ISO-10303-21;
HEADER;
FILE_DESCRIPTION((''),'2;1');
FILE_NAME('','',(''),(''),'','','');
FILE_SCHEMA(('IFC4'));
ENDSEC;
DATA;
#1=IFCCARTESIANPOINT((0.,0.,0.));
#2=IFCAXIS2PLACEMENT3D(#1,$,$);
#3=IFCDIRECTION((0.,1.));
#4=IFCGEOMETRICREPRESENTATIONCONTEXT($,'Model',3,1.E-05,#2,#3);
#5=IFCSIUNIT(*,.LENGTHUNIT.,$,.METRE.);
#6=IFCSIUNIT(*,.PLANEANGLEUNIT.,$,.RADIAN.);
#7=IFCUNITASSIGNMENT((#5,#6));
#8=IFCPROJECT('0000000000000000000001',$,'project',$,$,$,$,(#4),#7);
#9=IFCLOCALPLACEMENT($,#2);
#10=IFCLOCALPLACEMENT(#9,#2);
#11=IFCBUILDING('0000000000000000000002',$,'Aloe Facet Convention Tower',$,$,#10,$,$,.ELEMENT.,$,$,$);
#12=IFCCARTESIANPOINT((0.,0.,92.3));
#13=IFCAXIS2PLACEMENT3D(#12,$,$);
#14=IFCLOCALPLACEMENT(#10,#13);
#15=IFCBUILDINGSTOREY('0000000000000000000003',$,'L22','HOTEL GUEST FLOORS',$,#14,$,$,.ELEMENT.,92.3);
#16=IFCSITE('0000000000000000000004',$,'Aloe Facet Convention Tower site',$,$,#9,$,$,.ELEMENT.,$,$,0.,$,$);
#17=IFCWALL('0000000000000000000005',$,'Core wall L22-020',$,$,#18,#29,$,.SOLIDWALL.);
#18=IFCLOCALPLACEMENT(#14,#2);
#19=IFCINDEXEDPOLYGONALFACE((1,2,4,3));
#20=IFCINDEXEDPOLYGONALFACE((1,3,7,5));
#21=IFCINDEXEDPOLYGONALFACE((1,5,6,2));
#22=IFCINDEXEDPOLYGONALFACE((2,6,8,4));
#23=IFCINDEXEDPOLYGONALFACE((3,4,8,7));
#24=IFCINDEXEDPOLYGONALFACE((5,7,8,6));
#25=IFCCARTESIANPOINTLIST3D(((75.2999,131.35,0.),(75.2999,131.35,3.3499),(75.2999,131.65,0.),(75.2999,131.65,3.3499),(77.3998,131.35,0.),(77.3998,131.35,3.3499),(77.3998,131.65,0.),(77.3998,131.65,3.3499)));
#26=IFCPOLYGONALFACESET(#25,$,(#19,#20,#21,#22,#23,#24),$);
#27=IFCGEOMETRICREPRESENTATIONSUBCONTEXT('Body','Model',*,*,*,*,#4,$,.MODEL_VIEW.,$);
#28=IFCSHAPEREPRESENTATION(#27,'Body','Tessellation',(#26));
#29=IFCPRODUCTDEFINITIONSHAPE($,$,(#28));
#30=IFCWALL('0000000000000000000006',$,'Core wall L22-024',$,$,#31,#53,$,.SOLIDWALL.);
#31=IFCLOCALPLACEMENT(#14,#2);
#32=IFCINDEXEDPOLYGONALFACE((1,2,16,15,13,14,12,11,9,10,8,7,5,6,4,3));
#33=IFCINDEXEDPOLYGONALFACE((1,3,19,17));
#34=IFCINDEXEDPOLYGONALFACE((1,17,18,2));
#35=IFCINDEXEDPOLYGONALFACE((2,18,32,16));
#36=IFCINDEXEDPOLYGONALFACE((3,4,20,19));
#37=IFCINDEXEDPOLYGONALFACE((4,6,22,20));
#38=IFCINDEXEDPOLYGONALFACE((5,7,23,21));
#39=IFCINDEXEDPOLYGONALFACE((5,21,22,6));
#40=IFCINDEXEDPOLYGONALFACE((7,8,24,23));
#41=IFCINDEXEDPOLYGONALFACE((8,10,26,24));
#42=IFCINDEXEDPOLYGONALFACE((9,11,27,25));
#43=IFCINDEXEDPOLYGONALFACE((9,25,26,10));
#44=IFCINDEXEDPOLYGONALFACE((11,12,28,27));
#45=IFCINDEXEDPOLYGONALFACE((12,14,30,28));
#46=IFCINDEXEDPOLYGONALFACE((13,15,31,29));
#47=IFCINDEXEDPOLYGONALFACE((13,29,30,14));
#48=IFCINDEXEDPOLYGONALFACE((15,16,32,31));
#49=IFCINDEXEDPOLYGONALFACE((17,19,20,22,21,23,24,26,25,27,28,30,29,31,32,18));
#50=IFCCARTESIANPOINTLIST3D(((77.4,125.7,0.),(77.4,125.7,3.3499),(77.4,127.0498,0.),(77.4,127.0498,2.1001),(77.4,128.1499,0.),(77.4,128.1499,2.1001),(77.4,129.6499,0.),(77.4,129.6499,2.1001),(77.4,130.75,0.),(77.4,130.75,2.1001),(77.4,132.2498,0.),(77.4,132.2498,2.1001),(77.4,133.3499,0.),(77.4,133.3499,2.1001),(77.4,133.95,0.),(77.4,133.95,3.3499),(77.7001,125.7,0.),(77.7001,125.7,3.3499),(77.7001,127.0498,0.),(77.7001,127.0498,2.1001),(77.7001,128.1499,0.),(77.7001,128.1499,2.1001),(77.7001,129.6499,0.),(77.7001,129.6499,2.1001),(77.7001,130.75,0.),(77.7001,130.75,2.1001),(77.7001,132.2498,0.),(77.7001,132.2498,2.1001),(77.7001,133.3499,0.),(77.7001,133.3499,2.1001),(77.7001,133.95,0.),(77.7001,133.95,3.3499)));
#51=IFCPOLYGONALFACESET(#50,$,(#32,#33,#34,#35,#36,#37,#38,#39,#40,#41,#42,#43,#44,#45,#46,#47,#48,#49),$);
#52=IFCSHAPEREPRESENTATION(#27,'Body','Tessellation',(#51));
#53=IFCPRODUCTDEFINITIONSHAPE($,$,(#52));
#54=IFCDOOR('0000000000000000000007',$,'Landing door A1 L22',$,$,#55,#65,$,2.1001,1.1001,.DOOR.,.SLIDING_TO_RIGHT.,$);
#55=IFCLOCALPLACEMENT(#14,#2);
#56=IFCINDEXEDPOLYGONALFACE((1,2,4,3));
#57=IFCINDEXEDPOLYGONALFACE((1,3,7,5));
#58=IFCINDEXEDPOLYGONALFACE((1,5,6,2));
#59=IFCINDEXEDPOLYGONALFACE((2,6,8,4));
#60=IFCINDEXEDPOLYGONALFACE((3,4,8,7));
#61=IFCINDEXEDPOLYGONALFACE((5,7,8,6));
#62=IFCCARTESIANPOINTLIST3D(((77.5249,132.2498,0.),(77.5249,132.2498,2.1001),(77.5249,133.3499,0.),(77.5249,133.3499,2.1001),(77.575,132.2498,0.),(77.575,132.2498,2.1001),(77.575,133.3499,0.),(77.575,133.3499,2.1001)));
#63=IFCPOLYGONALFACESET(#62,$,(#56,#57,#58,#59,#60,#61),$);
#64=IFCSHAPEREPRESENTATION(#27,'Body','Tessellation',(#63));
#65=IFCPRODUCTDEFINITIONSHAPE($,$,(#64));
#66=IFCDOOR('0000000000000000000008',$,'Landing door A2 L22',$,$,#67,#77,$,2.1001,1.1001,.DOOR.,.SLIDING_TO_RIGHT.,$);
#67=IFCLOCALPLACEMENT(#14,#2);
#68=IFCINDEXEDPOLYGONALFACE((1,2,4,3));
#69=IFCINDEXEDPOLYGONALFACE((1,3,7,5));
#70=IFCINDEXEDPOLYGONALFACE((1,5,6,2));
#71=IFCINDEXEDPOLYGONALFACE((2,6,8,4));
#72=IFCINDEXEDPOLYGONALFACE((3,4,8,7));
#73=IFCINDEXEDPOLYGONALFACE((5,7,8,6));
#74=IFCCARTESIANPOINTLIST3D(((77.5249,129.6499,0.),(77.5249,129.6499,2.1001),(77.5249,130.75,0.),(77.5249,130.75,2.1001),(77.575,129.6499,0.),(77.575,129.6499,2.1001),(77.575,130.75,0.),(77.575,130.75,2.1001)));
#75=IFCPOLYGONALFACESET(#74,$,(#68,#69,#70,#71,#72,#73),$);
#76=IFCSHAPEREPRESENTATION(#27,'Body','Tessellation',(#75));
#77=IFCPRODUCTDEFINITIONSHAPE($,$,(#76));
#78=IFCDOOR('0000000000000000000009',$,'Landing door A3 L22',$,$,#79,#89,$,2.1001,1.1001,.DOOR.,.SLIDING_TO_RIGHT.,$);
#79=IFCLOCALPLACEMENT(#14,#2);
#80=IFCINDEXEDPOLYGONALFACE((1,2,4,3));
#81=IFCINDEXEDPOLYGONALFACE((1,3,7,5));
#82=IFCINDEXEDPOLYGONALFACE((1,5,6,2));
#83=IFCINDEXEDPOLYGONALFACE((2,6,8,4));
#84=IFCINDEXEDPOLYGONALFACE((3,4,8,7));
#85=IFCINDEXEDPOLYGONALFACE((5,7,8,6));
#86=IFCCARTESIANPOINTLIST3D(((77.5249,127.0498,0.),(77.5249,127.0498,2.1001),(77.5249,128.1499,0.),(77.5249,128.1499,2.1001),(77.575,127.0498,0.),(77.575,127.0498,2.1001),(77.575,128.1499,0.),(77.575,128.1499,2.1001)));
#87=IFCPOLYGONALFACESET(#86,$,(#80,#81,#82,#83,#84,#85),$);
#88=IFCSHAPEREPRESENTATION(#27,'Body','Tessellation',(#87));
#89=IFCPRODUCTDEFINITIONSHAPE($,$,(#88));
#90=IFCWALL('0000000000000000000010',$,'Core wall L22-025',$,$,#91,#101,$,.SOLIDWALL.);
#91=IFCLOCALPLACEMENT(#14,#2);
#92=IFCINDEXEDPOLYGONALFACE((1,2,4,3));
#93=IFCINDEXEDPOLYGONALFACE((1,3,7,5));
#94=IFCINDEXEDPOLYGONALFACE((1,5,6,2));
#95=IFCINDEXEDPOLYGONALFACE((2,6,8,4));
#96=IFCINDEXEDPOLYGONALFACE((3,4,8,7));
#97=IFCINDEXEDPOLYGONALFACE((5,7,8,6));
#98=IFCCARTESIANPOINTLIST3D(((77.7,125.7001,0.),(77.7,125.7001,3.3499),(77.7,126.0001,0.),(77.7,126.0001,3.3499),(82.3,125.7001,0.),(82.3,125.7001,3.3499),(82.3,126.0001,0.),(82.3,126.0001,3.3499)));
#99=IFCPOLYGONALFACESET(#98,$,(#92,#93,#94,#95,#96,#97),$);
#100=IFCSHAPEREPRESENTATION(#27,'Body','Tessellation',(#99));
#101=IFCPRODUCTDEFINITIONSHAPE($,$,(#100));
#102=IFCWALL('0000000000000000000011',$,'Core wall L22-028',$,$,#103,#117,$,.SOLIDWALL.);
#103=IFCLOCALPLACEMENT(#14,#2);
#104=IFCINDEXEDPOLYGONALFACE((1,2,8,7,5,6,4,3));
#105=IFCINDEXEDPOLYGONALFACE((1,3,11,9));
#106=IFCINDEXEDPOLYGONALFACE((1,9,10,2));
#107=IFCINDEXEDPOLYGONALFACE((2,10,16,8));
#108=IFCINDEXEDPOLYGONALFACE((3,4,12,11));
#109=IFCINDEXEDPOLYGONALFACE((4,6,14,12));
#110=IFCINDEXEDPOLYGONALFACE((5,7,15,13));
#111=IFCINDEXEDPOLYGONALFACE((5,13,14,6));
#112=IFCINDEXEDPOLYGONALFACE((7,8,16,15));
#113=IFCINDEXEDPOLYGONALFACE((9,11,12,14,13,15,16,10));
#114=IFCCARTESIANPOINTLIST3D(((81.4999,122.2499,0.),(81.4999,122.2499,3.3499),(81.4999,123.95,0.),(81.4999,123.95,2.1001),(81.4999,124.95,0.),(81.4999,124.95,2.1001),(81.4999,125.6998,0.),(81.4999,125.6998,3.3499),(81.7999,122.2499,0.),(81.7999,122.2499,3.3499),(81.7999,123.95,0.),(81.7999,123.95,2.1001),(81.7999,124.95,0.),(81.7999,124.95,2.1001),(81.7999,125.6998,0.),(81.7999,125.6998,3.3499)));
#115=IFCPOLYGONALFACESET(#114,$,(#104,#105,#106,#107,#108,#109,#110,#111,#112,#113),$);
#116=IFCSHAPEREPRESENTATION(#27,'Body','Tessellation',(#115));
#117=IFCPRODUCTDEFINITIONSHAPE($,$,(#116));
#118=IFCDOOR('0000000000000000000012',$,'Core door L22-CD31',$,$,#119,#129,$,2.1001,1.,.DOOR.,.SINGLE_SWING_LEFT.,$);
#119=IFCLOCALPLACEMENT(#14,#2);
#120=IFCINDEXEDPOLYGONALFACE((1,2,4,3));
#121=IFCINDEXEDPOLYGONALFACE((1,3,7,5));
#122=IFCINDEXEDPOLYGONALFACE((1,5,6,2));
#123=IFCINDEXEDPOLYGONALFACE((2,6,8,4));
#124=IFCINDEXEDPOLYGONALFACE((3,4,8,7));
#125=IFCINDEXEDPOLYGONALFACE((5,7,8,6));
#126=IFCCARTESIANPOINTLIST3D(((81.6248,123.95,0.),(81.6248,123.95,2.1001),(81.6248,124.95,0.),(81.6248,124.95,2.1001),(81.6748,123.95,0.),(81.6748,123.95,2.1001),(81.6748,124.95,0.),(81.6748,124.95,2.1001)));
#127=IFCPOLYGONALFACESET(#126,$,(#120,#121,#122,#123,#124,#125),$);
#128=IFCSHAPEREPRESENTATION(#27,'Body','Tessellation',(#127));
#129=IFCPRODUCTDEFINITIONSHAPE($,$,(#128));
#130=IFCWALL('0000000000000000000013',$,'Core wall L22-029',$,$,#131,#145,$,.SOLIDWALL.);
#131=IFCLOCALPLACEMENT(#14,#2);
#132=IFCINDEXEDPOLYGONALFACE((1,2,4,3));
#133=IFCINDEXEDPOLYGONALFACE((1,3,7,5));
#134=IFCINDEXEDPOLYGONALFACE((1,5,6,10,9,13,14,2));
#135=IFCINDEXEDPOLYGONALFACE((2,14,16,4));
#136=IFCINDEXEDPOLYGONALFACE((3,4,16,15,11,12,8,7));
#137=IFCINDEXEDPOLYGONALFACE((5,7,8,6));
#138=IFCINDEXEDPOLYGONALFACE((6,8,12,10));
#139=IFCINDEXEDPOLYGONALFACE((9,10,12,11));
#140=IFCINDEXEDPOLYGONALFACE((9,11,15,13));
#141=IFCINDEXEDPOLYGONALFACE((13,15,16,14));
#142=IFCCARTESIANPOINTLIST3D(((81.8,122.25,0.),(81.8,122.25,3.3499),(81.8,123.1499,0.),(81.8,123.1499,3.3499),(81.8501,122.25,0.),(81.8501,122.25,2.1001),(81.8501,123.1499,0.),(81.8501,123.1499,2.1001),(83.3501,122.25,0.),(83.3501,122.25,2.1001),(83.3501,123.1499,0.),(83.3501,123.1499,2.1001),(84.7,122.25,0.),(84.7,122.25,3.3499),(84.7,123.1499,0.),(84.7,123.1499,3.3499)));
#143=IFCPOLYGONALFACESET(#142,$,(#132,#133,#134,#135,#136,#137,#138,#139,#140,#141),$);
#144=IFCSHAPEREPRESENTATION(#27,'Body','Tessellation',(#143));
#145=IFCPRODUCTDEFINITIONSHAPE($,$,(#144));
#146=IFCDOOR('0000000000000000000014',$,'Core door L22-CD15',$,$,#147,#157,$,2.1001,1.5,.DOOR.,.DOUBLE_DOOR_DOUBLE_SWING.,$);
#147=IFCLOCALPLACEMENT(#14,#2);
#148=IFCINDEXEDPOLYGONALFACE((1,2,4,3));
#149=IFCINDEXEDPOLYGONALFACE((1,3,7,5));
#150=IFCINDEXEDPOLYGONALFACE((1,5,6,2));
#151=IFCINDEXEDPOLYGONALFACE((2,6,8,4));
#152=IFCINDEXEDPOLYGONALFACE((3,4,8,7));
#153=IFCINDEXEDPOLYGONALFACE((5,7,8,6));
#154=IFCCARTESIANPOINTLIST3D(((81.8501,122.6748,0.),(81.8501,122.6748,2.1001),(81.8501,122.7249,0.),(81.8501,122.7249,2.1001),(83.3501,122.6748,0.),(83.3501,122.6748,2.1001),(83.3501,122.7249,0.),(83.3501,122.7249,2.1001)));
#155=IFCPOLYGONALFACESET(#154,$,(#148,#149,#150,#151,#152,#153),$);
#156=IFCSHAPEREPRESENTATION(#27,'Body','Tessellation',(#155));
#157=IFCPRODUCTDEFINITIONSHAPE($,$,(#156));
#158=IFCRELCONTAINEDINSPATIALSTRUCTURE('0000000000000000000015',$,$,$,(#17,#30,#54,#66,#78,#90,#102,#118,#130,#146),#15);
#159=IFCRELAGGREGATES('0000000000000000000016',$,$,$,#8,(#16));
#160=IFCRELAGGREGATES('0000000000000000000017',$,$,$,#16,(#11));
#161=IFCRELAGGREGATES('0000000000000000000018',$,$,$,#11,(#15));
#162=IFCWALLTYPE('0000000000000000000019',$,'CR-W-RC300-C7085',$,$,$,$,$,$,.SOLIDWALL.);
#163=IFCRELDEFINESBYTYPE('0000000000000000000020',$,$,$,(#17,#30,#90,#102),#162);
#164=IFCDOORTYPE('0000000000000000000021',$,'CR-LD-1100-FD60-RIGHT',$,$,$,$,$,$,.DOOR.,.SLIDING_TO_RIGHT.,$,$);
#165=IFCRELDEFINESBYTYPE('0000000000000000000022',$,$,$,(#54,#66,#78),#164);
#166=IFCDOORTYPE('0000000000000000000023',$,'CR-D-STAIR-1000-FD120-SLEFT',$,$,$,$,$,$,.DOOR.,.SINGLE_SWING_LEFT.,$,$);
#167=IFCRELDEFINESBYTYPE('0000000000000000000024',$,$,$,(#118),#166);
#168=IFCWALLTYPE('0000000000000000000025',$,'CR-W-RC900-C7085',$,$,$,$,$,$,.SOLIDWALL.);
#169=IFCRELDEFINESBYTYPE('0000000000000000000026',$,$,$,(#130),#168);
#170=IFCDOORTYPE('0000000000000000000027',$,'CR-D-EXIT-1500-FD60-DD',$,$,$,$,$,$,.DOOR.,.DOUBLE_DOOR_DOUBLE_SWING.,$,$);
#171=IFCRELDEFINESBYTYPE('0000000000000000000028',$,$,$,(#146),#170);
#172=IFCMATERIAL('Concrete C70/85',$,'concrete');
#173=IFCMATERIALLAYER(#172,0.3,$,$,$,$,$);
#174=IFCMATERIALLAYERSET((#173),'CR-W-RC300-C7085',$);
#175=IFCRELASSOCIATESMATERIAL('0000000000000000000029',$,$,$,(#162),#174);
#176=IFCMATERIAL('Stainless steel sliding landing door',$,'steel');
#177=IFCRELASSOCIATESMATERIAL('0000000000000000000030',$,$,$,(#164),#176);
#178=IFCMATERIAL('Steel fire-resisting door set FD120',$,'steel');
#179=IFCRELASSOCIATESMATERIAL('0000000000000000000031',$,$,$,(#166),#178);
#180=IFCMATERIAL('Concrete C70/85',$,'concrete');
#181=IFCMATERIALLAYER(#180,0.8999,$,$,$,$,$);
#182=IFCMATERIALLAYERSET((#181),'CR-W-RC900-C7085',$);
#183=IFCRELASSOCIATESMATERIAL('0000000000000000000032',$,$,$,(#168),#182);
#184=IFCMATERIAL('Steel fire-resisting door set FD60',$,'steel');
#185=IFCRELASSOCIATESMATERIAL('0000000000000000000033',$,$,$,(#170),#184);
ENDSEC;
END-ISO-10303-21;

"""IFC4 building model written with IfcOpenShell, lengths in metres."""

from ifc_helpers import new_model, si_unit, direction, frame, frame_2d, origin, place, context, subcontext, project, spatial, rectangle, extrude, material, layer, layer_set, type_object, element, fill, save


model = new_model("IFC4")

# Units and contexts
model_context = context("Model", 3, precision=1e-05, world=origin(), true_north=direction((0.0, 1.0)))
body_context = subcontext(model_context, "Body", "Model", "MODEL_VIEW")
ifc_project = project(units=[si_unit("LENGTHUNIT", "METRE"), si_unit("PLANEANGLEUNIT", "RADIAN")], contexts=[model_context])

# Site, building, storey
site_placement = place(None, origin())
site = spatial("IfcSite", under=ifc_project, at=site_placement, Name="Aloe Facet Convention Tower site", CompositionType="ELEMENT", RefElevation=0.0)
building_placement = place(site_placement, origin())
building = spatial("IfcBuilding", under=site, at=building_placement, Name="Aloe Facet Convention Tower", CompositionType="ELEMENT")
storey_placement = place(building_placement, frame((0.0, 0.0, 92.3)))
storey = spatial("IfcBuildingStorey", under=building, at=storey_placement, Name="L22", Description="HOTEL GUEST FLOORS", CompositionType="ELEMENT", Elevation=92.3)

# Wall
ifc_material_1 = material(Name="Concrete C70/85", Category="concrete")
ifc_layer_1 = layer(ifc_material_1, 0.3)
ifc_layer_set_1 = layer_set([ifc_layer_1], Name="CR-W-RC300-C7085")
wall_type_1 = type_object("IfcWallType", Name="CR-W-RC300-C7085", PredefinedType="SOLIDWALL", material=ifc_layer_set_1)
wall_1_placement = place(storey_placement, frame((75.3, 131.5, 0.0), z_axis=(0.0, 0.0, 1.0), x_axis=(1.0, 0.0, 0.0)))
element("IfcWall", 1, at=wall_1_placement, inside=storey, type_object=wall_type_1, Name="Core wall L22-020", PredefinedType="SOLIDWALL", context=body_context, shape_type="SweptSolid", body=[
    extrude(rectangle(XDim=2.0999, YDim=0.3, at=frame_2d((1.0498, 0.0))), origin(), (0.0, 0.0, 1.0), 3.3499),
])

# Wall, openings, doors
wall_2_placement = place(storey_placement, frame((77.55, 133.95, 0.0), z_axis=(0.0, 0.0, 1.0), x_axis=(0.0, -1.0, 0.0)))
wall_2 = element("IfcWall", 2, at=wall_2_placement, inside=storey, type_object=wall_type_1, Name="Core wall L22-024", PredefinedType="SOLIDWALL", context=body_context, shape_type="SweptSolid", body=[
    extrude(rectangle(XDim=8.25, YDim=0.3, at=frame_2d((4.125, 0.0))), origin(), (0.0, 0.0, 1.0), 3.3499),
])
opening_1_placement = place(wall_2_placement, frame((0.6001, 0.0, 0.0)))
opening_1 = element("IfcOpeningElement", 3, at=opening_1_placement, cuts=wall_2, PredefinedType="OPENING", context=body_context, shape_type="SweptSolid", body=[
    extrude(rectangle(XDim=1.1001, YDim=2.1001, at=frame_2d((0.55, 1.05))), frame((0.0, 0.1602, 0.0), z_axis=(0.0, -1.0, 0.0), x_axis=(1.0, 0.0, 0.0)), (0.0, 0.0, 1.0), 0.3201),
])
opening_2_placement = place(wall_2_placement, frame((3.2, 0.0, 0.0)))
opening_2 = element("IfcOpeningElement", 4, at=opening_2_placement, cuts=wall_2, PredefinedType="OPENING", context=body_context, shape_type="SweptSolid", body=[
    extrude(rectangle(XDim=1.1001, YDim=2.1001, at=frame_2d((0.55, 1.05))), frame((0.0, 0.1602, 0.0), z_axis=(0.0, -1.0, 0.0), x_axis=(1.0, 0.0, 0.0)), (0.0, 0.0, 1.0), 0.3201),
])
opening_3_placement = place(wall_2_placement, frame((5.8, 0.0, 0.0)))
opening_3 = element("IfcOpeningElement", 5, at=opening_3_placement, cuts=wall_2, PredefinedType="OPENING", context=body_context, shape_type="SweptSolid", body=[
    extrude(rectangle(XDim=1.1001, YDim=2.1001, at=frame_2d((0.55, 1.05))), frame((0.0, 0.1602, 0.0), z_axis=(0.0, -1.0, 0.0), x_axis=(1.0, 0.0, 0.0)), (0.0, 0.0, 1.0), 0.3201),
])
ifc_material_2 = material(Name="Stainless steel sliding landing door", Category="steel")
door_type_1 = type_object("IfcDoorType", Name="CR-LD-1100-FD60-RIGHT", OperationType="SLIDING_TO_RIGHT", PredefinedType="DOOR", material=ifc_material_2)
door_1_placement = place(opening_1_placement, origin())
door_1 = element("IfcDoor", 6, at=door_1_placement, inside=storey, type_object=door_type_1, Name="Landing door A1 L22", OperationType="SLIDING_TO_RIGHT", OverallHeight=2.1001, OverallWidth=1.1001, PredefinedType="DOOR", context=body_context, shape_type="SweptSolid", body=[
    extrude(rectangle(XDim=1.1001, YDim=2.1001, at=frame_2d((0.55, 1.05))), frame((0.0, 0.0249, 0.0), z_axis=(0.0, -1.0, 0.0), x_axis=(1.0, 0.0, 0.0)), (0.0, 0.0, 1.0), 0.05),
])
fill(opening_1, door_1)
door_2_placement = place(opening_2_placement, origin())
door_2 = element("IfcDoor", 7, at=door_2_placement, inside=storey, type_object=door_type_1, Name="Landing door A2 L22", OperationType="SLIDING_TO_RIGHT", OverallHeight=2.1001, OverallWidth=1.1001, PredefinedType="DOOR", context=body_context, shape_type="SweptSolid", body=[
    extrude(rectangle(XDim=1.1001, YDim=2.1001, at=frame_2d((0.55, 1.05))), frame((0.0, 0.0249, 0.0), z_axis=(0.0, -1.0, 0.0), x_axis=(1.0, 0.0, 0.0)), (0.0, 0.0, 1.0), 0.05),
])
fill(opening_2, door_2)
door_3_placement = place(opening_3_placement, origin())
door_3 = element("IfcDoor", 8, at=door_3_placement, inside=storey, type_object=door_type_1, Name="Landing door A3 L22", OperationType="SLIDING_TO_RIGHT", OverallHeight=2.1001, OverallWidth=1.1001, PredefinedType="DOOR", context=body_context, shape_type="SweptSolid", body=[
    extrude(rectangle(XDim=1.1001, YDim=2.1001, at=frame_2d((0.55, 1.05))), frame((0.0, 0.0249, 0.0), z_axis=(0.0, -1.0, 0.0), x_axis=(1.0, 0.0, 0.0)), (0.0, 0.0, 1.0), 0.05),
])
fill(opening_3, door_3)

# Wall
wall_3_placement = place(storey_placement, frame((77.7, 125.8501, 0.0), z_axis=(0.0, 0.0, 1.0), x_axis=(1.0, 0.0, 0.0)))
element("IfcWall", 9, at=wall_3_placement, inside=storey, type_object=wall_type_1, Name="Core wall L22-025", PredefinedType="SOLIDWALL", context=body_context, shape_type="SweptSolid", body=[
    extrude(rectangle(XDim=4.6001, YDim=0.3, at=frame_2d((2.3, 0.0))), origin(), (0.0, 0.0, 1.0), 3.3499),
])

# Walls, openings, doors
wall_4_placement = place(storey_placement, frame((81.6499, 125.7, 0.0), z_axis=(0.0, 0.0, 1.0), x_axis=(0.0, -1.0, 0.0)))
wall_4 = element("IfcWall", 10, at=wall_4_placement, inside=storey, type_object=wall_type_1, Name="Core wall L22-028", PredefinedType="SOLIDWALL", context=body_context, shape_type="SweptSolid", body=[
    extrude(rectangle(XDim=3.45, YDim=0.3, at=frame_2d((1.7251, 0.0))), origin(), (0.0, 0.0, 1.0), 3.3499),
])
opening_4_placement = place(wall_4_placement, frame((0.75, 0.0, 0.0)))
opening_4 = element("IfcOpeningElement", 11, at=opening_4_placement, cuts=wall_4, PredefinedType="OPENING", context=body_context, shape_type="SweptSolid", body=[
    extrude(rectangle(XDim=1.0, YDim=2.1001, at=frame_2d((0.5, 1.05))), frame((0.0, 0.1602, 0.0), z_axis=(0.0, -1.0, 0.0), x_axis=(1.0, 0.0, 0.0)), (0.0, 0.0, 1.0), 0.3201),
])
ifc_material_3 = material(Name="Steel fire-resisting door set FD120", Category="steel")
door_type_2 = type_object("IfcDoorType", Name="CR-D-STAIR-1000-FD120-SLEFT", OperationType="SINGLE_SWING_LEFT", PredefinedType="DOOR", material=ifc_material_3)
door_4_placement = place(opening_4_placement, origin())
door_4 = element("IfcDoor", 12, at=door_4_placement, inside=storey, type_object=door_type_2, Name="Core door L22-CD31", OperationType="SINGLE_SWING_LEFT", OverallHeight=2.1001, OverallWidth=1.0, PredefinedType="DOOR", context=body_context, shape_type="SweptSolid", body=[
    extrude(rectangle(XDim=1.0, YDim=2.1001, at=frame_2d((0.5, 1.05))), frame((0.0, 0.0249, 0.0), z_axis=(0.0, -1.0, 0.0), x_axis=(1.0, 0.0, 0.0)), (0.0, 0.0, 1.0), 0.05),
])
fill(opening_4, door_4)
ifc_material_4 = material(Name="Concrete C70/85", Category="concrete")
ifc_layer_2 = layer(ifc_material_4, 0.8999)
ifc_layer_set_2 = layer_set([ifc_layer_2], Name="CR-W-RC900-C7085")
wall_type_2 = type_object("IfcWallType", Name="CR-W-RC900-C7085", PredefinedType="SOLIDWALL", material=ifc_layer_set_2)
wall_5_placement = place(storey_placement, frame((81.8, 122.7, 0.0), z_axis=(0.0, 0.0, 1.0), x_axis=(1.0, 0.0, 0.0)))
wall_5 = element("IfcWall", 13, at=wall_5_placement, inside=storey, type_object=wall_type_2, Name="Core wall L22-029", PredefinedType="SOLIDWALL", context=body_context, shape_type="SweptSolid", body=[
    extrude(rectangle(XDim=2.8999, YDim=0.8999, at=frame_2d((1.45, 0.0))), origin(), (0.0, 0.0, 1.0), 3.3499),
])
opening_5_placement = place(wall_5_placement, frame((0.05, 0.0, 0.0)))
opening_5 = element("IfcOpeningElement", 14, at=opening_5_placement, cuts=wall_5, PredefinedType="OPENING", context=body_context, shape_type="SweptSolid", body=[
    extrude(rectangle(XDim=1.5, YDim=2.1001, at=frame_2d((0.75, 1.05))), frame((0.0, 0.46, 0.0), z_axis=(0.0, -1.0, 0.0), x_axis=(1.0, 0.0, 0.0)), (0.0, 0.0, 1.0), 0.9199),
])
ifc_material_5 = material(Name="Steel fire-resisting door set FD60", Category="steel")
door_type_3 = type_object("IfcDoorType", Name="CR-D-EXIT-1500-FD60-DD", OperationType="DOUBLE_DOOR_DOUBLE_SWING", PredefinedType="DOOR", material=ifc_material_5)
door_5_placement = place(opening_5_placement, origin())
door_5 = element("IfcDoor", 15, at=door_5_placement, inside=storey, type_object=door_type_3, Name="Core door L22-CD15", OperationType="DOUBLE_DOOR_DOUBLE_SWING", OverallHeight=2.1001, OverallWidth=1.5, PredefinedType="DOOR", context=body_context, shape_type="SweptSolid", body=[
    extrude(rectangle(XDim=1.5, YDim=2.1001, at=frame_2d((0.75, 1.05))), frame((0.0, 0.0249, 0.0), z_axis=(0.0, -1.0, 0.0), x_axis=(1.0, 0.0, 0.0)), (0.0, 0.0, 1.0), 0.05),
])
fill(opening_5, door_5)

save(model, "model.ifc")
